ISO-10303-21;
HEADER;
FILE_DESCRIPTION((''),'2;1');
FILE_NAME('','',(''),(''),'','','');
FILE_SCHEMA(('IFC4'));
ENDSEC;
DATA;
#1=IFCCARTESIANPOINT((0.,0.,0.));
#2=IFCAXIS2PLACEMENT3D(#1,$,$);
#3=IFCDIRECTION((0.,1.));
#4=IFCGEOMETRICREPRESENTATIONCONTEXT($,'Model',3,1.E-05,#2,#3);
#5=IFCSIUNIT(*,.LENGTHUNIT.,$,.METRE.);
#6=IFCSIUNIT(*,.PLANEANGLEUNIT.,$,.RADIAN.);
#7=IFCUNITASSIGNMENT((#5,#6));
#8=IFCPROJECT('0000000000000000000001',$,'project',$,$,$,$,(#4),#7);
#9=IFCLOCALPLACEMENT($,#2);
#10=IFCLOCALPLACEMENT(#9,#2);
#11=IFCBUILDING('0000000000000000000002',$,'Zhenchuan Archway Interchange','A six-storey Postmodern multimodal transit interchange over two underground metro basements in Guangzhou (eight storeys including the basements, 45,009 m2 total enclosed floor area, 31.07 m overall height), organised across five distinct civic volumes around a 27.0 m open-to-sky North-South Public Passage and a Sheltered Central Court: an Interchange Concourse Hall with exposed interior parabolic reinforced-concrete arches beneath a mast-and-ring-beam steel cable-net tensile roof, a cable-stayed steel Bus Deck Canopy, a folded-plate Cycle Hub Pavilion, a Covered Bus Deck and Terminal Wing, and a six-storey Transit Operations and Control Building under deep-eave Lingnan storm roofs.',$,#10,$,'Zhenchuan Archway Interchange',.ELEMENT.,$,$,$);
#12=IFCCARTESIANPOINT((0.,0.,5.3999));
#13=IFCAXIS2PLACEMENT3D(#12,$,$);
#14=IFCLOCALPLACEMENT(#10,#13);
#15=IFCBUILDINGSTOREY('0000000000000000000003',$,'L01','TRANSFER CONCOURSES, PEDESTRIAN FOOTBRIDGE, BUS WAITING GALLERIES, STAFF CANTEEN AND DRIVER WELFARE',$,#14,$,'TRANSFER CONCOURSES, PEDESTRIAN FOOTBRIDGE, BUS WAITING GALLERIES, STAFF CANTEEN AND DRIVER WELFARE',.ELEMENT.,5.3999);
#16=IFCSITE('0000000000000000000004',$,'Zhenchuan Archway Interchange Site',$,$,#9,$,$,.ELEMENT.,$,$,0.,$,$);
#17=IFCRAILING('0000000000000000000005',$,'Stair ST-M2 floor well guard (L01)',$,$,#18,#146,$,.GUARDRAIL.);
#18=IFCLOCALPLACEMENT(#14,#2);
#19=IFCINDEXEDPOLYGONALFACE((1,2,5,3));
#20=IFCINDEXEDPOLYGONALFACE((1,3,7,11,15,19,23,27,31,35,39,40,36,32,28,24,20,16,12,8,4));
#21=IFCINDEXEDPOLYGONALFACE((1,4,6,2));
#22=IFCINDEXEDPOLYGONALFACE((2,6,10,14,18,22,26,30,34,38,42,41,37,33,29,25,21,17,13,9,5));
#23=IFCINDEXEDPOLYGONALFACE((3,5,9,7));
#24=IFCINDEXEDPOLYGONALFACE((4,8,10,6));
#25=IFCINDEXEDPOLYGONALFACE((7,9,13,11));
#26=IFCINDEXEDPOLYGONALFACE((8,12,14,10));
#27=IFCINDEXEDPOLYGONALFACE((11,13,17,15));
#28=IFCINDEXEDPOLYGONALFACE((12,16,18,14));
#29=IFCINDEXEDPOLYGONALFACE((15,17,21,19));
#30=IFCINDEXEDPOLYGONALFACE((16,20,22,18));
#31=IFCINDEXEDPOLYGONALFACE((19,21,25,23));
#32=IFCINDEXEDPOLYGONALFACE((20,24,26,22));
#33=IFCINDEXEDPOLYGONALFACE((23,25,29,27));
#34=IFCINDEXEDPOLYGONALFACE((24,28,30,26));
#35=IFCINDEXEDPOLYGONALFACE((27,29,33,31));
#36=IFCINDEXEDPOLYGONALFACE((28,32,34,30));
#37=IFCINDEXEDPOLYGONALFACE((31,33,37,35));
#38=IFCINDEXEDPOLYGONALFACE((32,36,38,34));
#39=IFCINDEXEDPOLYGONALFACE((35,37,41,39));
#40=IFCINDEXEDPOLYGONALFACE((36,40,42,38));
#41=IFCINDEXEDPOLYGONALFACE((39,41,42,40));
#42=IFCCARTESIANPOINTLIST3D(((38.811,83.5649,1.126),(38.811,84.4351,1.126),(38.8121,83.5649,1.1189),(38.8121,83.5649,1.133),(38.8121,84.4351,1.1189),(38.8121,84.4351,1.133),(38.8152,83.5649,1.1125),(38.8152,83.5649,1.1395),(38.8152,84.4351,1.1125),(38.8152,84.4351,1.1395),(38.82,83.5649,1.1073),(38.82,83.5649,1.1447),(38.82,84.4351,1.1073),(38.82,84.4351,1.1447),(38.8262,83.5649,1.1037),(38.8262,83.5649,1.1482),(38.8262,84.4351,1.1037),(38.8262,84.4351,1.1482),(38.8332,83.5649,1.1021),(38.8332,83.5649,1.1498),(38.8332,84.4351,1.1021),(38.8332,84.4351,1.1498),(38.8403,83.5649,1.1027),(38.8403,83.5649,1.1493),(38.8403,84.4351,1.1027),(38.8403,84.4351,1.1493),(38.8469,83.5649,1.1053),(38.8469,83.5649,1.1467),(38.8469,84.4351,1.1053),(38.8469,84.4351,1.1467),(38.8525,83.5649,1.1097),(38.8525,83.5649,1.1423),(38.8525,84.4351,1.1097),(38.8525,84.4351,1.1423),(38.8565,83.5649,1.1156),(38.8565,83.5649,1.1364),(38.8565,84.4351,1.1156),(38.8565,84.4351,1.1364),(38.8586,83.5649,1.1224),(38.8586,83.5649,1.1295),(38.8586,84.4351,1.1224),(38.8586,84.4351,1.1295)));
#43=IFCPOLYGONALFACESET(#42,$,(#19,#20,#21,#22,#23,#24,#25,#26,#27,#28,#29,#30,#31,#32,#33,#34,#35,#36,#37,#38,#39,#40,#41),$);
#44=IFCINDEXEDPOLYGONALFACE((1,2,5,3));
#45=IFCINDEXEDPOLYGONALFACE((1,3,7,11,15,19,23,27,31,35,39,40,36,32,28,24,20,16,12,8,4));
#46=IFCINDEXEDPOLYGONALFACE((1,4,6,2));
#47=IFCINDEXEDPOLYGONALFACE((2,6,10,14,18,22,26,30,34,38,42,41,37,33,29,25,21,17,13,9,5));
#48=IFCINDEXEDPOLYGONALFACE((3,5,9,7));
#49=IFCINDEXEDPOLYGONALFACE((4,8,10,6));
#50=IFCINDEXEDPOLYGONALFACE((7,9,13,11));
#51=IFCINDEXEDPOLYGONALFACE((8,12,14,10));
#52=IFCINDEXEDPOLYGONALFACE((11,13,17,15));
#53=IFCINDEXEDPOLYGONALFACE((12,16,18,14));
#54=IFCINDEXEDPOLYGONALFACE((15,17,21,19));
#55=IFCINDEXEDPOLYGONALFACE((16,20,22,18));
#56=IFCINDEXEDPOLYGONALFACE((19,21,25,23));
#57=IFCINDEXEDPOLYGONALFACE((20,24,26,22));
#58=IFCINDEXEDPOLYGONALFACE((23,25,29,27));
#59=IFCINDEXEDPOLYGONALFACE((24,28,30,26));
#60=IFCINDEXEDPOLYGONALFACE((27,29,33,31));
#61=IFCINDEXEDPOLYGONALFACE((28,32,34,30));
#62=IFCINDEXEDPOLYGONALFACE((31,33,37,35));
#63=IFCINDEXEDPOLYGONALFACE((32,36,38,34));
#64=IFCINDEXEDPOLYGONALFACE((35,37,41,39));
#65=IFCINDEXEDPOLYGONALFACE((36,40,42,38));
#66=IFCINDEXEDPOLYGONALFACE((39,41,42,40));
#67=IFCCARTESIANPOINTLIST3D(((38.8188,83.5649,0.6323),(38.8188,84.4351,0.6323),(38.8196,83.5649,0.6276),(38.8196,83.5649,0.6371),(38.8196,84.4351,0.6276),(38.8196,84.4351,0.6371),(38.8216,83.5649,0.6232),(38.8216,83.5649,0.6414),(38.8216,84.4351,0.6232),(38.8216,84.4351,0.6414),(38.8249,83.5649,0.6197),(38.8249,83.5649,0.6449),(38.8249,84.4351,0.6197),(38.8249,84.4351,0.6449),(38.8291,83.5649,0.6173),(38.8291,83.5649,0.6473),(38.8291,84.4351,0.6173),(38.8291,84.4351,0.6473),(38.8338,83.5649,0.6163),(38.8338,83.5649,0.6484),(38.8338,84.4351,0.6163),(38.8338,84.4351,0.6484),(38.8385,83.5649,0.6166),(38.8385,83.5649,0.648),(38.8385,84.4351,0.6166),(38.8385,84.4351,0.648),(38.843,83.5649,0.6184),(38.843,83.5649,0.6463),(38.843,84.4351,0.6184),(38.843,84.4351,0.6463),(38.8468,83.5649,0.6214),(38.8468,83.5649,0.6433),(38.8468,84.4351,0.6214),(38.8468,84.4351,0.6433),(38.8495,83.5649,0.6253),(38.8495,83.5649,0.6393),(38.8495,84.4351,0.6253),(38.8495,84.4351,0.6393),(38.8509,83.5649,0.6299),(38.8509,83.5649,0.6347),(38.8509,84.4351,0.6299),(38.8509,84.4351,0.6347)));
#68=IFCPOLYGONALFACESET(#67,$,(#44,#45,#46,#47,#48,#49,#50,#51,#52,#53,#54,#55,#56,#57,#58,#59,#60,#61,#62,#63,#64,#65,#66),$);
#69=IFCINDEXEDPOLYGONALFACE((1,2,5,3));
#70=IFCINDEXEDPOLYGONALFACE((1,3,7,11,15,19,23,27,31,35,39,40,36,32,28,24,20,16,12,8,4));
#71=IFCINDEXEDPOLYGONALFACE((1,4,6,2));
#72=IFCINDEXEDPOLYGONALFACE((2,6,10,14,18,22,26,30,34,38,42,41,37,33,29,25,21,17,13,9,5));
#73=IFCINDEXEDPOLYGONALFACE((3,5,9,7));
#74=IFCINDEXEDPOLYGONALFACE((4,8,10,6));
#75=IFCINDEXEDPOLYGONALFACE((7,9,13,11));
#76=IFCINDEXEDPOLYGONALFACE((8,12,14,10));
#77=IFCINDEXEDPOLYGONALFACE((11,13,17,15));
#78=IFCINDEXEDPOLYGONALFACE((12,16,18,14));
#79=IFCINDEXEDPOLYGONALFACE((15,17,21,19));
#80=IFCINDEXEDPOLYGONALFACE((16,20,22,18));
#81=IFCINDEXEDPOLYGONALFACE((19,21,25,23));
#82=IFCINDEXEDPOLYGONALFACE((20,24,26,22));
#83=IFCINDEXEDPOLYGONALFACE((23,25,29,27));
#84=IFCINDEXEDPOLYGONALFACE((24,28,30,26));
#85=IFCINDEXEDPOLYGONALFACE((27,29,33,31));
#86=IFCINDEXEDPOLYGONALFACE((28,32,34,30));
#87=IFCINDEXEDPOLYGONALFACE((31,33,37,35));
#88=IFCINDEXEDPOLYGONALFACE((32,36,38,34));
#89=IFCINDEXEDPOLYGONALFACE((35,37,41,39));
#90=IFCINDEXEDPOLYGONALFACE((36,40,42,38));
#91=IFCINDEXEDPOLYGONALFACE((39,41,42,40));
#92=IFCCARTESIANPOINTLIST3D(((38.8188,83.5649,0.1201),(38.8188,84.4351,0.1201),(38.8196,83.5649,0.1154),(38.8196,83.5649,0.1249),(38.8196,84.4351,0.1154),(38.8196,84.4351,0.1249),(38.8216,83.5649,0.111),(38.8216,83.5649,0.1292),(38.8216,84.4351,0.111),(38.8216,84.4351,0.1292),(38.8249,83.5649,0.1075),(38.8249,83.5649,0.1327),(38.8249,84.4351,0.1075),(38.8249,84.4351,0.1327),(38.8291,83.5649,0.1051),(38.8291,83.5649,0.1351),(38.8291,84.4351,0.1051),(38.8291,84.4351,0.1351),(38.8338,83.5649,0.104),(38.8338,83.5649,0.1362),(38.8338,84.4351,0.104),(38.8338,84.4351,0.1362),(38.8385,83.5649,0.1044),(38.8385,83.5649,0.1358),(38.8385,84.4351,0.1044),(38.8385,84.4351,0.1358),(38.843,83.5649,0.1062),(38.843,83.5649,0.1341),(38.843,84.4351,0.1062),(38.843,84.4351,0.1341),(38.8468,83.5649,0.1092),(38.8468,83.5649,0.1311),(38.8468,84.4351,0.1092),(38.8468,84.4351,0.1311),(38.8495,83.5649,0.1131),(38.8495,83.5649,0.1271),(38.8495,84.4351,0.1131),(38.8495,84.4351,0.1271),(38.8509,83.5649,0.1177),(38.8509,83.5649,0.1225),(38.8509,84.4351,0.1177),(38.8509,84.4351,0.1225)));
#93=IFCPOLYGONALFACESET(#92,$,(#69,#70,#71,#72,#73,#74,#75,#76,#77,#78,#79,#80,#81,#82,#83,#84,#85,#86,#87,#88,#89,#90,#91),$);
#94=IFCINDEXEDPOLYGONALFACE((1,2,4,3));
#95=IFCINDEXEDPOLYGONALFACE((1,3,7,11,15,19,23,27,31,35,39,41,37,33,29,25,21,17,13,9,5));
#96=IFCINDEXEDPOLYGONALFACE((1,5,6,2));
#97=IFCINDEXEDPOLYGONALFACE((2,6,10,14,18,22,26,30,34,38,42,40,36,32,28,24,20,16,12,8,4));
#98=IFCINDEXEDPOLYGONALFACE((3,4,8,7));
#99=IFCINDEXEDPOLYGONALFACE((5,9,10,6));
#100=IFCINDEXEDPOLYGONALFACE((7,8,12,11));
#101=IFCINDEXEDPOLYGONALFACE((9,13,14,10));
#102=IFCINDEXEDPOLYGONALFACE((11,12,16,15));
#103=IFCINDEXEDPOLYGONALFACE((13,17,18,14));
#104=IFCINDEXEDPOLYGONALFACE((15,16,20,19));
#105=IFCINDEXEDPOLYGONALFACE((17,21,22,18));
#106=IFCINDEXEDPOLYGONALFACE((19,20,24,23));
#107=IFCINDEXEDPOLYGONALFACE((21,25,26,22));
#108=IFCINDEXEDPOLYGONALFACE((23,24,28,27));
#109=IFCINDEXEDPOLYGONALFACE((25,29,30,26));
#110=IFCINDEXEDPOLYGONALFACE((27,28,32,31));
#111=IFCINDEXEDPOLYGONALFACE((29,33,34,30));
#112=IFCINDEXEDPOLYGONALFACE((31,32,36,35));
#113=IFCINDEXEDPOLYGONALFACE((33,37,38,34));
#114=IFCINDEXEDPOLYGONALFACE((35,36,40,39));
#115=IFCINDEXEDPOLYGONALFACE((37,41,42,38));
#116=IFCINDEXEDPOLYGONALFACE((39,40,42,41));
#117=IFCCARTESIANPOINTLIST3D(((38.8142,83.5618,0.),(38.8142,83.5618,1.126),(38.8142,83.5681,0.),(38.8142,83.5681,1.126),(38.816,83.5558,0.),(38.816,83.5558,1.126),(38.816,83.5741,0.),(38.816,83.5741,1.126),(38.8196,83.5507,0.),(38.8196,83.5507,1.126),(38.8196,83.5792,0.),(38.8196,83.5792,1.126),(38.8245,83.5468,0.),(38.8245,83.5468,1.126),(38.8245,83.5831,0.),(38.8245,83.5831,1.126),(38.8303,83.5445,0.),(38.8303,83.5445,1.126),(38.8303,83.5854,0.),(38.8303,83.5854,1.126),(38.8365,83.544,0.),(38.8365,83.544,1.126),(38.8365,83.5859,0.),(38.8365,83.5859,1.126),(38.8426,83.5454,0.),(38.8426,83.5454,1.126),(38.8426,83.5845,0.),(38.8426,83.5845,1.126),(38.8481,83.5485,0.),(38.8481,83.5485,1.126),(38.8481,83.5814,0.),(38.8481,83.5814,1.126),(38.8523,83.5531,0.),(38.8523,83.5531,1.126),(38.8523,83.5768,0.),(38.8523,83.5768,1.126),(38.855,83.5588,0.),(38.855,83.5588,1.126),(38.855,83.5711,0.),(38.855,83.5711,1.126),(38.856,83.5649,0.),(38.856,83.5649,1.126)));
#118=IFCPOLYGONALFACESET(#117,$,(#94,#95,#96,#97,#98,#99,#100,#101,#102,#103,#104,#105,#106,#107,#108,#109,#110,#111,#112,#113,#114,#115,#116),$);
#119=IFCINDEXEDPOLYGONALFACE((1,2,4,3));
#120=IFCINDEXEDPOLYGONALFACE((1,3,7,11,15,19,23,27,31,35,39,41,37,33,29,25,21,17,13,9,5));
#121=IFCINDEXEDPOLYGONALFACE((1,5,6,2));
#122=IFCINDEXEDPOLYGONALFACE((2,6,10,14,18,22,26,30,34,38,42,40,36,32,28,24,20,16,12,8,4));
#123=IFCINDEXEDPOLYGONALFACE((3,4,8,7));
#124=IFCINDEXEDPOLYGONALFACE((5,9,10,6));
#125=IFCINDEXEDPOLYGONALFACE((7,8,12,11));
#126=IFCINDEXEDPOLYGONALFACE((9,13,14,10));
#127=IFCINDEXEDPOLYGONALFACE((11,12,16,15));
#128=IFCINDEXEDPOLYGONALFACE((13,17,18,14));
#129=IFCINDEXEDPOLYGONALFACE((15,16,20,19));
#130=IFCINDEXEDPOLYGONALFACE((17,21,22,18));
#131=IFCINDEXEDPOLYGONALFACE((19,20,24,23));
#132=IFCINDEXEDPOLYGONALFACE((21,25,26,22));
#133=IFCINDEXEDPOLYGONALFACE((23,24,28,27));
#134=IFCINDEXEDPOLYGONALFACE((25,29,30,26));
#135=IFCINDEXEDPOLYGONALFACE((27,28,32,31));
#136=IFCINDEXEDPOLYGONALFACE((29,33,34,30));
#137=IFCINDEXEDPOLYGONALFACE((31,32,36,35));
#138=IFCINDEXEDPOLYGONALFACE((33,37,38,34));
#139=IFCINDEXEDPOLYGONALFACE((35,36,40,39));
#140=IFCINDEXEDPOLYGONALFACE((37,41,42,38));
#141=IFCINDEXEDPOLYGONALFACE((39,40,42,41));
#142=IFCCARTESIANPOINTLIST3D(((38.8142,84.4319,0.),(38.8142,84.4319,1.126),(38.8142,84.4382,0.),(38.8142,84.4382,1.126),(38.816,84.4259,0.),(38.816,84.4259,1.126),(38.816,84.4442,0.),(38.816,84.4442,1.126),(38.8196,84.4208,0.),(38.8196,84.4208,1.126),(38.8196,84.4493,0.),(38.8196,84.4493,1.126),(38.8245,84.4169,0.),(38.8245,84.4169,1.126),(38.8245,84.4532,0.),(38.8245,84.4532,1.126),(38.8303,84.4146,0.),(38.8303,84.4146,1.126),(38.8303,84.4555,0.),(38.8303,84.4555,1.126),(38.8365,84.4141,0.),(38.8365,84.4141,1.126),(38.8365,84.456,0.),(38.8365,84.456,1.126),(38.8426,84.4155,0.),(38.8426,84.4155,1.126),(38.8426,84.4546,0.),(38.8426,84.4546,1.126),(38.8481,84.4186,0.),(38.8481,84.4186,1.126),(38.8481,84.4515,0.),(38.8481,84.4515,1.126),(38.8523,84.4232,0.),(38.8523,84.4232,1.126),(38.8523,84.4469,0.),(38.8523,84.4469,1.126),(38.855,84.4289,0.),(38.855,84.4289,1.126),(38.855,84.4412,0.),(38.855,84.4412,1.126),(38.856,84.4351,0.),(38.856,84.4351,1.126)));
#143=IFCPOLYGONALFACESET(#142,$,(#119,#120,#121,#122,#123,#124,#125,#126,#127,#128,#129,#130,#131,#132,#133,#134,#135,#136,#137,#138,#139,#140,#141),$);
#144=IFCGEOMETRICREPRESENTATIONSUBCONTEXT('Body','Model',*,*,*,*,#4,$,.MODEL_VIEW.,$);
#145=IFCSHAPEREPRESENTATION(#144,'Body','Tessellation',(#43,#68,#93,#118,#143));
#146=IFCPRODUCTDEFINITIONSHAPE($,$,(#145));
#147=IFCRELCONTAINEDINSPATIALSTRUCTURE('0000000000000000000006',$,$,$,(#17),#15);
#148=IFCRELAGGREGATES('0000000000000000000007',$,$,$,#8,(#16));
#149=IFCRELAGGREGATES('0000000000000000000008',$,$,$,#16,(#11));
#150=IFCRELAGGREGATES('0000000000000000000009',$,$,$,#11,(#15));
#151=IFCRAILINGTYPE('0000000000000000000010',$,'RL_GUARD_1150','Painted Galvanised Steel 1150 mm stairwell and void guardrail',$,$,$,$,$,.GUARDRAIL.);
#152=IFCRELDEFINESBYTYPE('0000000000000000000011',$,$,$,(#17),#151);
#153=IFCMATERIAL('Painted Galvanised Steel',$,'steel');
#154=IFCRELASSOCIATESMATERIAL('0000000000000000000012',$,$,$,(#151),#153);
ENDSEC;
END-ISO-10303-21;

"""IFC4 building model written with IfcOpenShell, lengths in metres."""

from ifc_helpers import new_model, si_unit, direction, frame, origin, origin_2d, place, context, subcontext, project, spatial, circle, extrude, material, type_object, element, save


model = new_model("IFC4")

# Units and contexts
model_context = context("Model", 3, precision=1e-05, world=origin(), true_north=direction((0.0, 1.0)))
body_context = subcontext(model_context, "Body", "Model", "MODEL_VIEW")
ifc_project = project(units=[si_unit("LENGTHUNIT", "METRE"), si_unit("PLANEANGLEUNIT", "RADIAN")], contexts=[model_context])

# Site, building, storey
site_placement = place(None, origin())
site = spatial("IfcSite", under=ifc_project, at=site_placement, Name="Zhenchuan Archway Interchange Site", CompositionType="ELEMENT", RefElevation=0.0)
building_placement = place(site_placement, origin())
building = spatial("IfcBuilding", under=site, at=building_placement, Name="Zhenchuan Archway Interchange", Description="A six-storey Postmodern multimodal transit interchange over two underground metro basements in Guangzhou (eight storeys including the basements, 45,009 m2 total enclosed floor area, 31.07 m overall height), organised across five distinct civic volumes around a 27.0 m open-to-sky North-South Public Passage and a Sheltered Central Court: an Interchange Concourse Hall with exposed interior parabolic reinforced-concrete arches beneath a mast-and-ring-beam steel cable-net tensile roof, a cable-stayed steel Bus Deck Canopy, a folded-plate Cycle Hub Pavilion, a Covered Bus Deck and Terminal Wing, and a six-storey Transit Operations and Control Building under deep-eave Lingnan storm roofs.", LongName="Zhenchuan Archway Interchange", CompositionType="ELEMENT")
storey_placement = place(building_placement, frame((0.0, 0.0, 5.3999)))
storey = spatial("IfcBuildingStorey", under=building, at=storey_placement, Name="L01", Description="TRANSFER CONCOURSES, PEDESTRIAN FOOTBRIDGE, BUS WAITING GALLERIES, STAFF CANTEEN AND DRIVER WELFARE", LongName="TRANSFER CONCOURSES, PEDESTRIAN FOOTBRIDGE, BUS WAITING GALLERIES, STAFF CANTEEN AND DRIVER WELFARE", CompositionType="ELEMENT", Elevation=5.3999)

# Shared definitions
ifc_material_1 = material(Name="Painted Galvanised Steel", Category="steel")

# Railing
railing_type_1 = type_object("IfcRailingType", Name="RL_GUARD_1150", Description="Painted Galvanised Steel 1150 mm stairwell and void guardrail", PredefinedType="GUARDRAIL", material=ifc_material_1)
for number, where, name in (
    (1, (38.835, 83.5649, 0.0), "Stair ST-M2 floor well guard (L01)"),
):
    element("IfcRailing", number, at=place(storey_placement, frame(where)), inside=storey, type_object=railing_type_1, Name=name, PredefinedType="GUARDRAIL", context=body_context, shape_type="SweptSolid", body=[
        extrude(circle(Radius=0.0239, at=origin_2d()), frame((0.0, 0.0, 1.126), z_axis=(0.0, 1.0, 0.0), x_axis=(-1.0, 0.0, 0.0)), (0.0, 0.0, 1.0), 0.8701),
        extrude(circle(Radius=0.0161, at=origin_2d()), frame((0.0, 0.0, 0.6323), z_axis=(0.0, 1.0, 0.0), x_axis=(-1.0, 0.0, 0.0)), (0.0, 0.0, 1.0), 0.8701),
        extrude(circle(Radius=0.0161, at=origin_2d()), frame((0.0, 0.0, 0.1201), z_axis=(0.0, 1.0, 0.0), x_axis=(-1.0, 0.0, 0.0)), (0.0, 0.0, 1.0), 0.8701),
        extrude(circle(Radius=0.021, at=origin_2d()), origin(), (0.0, 0.0, 1.0), 1.126),
        extrude(circle(Radius=0.021, at=origin_2d()), frame((0.0, 0.8701, 0.0)), (0.0, 0.0, 1.0), 1.126),
    ])

save(model, "model.ifc")
